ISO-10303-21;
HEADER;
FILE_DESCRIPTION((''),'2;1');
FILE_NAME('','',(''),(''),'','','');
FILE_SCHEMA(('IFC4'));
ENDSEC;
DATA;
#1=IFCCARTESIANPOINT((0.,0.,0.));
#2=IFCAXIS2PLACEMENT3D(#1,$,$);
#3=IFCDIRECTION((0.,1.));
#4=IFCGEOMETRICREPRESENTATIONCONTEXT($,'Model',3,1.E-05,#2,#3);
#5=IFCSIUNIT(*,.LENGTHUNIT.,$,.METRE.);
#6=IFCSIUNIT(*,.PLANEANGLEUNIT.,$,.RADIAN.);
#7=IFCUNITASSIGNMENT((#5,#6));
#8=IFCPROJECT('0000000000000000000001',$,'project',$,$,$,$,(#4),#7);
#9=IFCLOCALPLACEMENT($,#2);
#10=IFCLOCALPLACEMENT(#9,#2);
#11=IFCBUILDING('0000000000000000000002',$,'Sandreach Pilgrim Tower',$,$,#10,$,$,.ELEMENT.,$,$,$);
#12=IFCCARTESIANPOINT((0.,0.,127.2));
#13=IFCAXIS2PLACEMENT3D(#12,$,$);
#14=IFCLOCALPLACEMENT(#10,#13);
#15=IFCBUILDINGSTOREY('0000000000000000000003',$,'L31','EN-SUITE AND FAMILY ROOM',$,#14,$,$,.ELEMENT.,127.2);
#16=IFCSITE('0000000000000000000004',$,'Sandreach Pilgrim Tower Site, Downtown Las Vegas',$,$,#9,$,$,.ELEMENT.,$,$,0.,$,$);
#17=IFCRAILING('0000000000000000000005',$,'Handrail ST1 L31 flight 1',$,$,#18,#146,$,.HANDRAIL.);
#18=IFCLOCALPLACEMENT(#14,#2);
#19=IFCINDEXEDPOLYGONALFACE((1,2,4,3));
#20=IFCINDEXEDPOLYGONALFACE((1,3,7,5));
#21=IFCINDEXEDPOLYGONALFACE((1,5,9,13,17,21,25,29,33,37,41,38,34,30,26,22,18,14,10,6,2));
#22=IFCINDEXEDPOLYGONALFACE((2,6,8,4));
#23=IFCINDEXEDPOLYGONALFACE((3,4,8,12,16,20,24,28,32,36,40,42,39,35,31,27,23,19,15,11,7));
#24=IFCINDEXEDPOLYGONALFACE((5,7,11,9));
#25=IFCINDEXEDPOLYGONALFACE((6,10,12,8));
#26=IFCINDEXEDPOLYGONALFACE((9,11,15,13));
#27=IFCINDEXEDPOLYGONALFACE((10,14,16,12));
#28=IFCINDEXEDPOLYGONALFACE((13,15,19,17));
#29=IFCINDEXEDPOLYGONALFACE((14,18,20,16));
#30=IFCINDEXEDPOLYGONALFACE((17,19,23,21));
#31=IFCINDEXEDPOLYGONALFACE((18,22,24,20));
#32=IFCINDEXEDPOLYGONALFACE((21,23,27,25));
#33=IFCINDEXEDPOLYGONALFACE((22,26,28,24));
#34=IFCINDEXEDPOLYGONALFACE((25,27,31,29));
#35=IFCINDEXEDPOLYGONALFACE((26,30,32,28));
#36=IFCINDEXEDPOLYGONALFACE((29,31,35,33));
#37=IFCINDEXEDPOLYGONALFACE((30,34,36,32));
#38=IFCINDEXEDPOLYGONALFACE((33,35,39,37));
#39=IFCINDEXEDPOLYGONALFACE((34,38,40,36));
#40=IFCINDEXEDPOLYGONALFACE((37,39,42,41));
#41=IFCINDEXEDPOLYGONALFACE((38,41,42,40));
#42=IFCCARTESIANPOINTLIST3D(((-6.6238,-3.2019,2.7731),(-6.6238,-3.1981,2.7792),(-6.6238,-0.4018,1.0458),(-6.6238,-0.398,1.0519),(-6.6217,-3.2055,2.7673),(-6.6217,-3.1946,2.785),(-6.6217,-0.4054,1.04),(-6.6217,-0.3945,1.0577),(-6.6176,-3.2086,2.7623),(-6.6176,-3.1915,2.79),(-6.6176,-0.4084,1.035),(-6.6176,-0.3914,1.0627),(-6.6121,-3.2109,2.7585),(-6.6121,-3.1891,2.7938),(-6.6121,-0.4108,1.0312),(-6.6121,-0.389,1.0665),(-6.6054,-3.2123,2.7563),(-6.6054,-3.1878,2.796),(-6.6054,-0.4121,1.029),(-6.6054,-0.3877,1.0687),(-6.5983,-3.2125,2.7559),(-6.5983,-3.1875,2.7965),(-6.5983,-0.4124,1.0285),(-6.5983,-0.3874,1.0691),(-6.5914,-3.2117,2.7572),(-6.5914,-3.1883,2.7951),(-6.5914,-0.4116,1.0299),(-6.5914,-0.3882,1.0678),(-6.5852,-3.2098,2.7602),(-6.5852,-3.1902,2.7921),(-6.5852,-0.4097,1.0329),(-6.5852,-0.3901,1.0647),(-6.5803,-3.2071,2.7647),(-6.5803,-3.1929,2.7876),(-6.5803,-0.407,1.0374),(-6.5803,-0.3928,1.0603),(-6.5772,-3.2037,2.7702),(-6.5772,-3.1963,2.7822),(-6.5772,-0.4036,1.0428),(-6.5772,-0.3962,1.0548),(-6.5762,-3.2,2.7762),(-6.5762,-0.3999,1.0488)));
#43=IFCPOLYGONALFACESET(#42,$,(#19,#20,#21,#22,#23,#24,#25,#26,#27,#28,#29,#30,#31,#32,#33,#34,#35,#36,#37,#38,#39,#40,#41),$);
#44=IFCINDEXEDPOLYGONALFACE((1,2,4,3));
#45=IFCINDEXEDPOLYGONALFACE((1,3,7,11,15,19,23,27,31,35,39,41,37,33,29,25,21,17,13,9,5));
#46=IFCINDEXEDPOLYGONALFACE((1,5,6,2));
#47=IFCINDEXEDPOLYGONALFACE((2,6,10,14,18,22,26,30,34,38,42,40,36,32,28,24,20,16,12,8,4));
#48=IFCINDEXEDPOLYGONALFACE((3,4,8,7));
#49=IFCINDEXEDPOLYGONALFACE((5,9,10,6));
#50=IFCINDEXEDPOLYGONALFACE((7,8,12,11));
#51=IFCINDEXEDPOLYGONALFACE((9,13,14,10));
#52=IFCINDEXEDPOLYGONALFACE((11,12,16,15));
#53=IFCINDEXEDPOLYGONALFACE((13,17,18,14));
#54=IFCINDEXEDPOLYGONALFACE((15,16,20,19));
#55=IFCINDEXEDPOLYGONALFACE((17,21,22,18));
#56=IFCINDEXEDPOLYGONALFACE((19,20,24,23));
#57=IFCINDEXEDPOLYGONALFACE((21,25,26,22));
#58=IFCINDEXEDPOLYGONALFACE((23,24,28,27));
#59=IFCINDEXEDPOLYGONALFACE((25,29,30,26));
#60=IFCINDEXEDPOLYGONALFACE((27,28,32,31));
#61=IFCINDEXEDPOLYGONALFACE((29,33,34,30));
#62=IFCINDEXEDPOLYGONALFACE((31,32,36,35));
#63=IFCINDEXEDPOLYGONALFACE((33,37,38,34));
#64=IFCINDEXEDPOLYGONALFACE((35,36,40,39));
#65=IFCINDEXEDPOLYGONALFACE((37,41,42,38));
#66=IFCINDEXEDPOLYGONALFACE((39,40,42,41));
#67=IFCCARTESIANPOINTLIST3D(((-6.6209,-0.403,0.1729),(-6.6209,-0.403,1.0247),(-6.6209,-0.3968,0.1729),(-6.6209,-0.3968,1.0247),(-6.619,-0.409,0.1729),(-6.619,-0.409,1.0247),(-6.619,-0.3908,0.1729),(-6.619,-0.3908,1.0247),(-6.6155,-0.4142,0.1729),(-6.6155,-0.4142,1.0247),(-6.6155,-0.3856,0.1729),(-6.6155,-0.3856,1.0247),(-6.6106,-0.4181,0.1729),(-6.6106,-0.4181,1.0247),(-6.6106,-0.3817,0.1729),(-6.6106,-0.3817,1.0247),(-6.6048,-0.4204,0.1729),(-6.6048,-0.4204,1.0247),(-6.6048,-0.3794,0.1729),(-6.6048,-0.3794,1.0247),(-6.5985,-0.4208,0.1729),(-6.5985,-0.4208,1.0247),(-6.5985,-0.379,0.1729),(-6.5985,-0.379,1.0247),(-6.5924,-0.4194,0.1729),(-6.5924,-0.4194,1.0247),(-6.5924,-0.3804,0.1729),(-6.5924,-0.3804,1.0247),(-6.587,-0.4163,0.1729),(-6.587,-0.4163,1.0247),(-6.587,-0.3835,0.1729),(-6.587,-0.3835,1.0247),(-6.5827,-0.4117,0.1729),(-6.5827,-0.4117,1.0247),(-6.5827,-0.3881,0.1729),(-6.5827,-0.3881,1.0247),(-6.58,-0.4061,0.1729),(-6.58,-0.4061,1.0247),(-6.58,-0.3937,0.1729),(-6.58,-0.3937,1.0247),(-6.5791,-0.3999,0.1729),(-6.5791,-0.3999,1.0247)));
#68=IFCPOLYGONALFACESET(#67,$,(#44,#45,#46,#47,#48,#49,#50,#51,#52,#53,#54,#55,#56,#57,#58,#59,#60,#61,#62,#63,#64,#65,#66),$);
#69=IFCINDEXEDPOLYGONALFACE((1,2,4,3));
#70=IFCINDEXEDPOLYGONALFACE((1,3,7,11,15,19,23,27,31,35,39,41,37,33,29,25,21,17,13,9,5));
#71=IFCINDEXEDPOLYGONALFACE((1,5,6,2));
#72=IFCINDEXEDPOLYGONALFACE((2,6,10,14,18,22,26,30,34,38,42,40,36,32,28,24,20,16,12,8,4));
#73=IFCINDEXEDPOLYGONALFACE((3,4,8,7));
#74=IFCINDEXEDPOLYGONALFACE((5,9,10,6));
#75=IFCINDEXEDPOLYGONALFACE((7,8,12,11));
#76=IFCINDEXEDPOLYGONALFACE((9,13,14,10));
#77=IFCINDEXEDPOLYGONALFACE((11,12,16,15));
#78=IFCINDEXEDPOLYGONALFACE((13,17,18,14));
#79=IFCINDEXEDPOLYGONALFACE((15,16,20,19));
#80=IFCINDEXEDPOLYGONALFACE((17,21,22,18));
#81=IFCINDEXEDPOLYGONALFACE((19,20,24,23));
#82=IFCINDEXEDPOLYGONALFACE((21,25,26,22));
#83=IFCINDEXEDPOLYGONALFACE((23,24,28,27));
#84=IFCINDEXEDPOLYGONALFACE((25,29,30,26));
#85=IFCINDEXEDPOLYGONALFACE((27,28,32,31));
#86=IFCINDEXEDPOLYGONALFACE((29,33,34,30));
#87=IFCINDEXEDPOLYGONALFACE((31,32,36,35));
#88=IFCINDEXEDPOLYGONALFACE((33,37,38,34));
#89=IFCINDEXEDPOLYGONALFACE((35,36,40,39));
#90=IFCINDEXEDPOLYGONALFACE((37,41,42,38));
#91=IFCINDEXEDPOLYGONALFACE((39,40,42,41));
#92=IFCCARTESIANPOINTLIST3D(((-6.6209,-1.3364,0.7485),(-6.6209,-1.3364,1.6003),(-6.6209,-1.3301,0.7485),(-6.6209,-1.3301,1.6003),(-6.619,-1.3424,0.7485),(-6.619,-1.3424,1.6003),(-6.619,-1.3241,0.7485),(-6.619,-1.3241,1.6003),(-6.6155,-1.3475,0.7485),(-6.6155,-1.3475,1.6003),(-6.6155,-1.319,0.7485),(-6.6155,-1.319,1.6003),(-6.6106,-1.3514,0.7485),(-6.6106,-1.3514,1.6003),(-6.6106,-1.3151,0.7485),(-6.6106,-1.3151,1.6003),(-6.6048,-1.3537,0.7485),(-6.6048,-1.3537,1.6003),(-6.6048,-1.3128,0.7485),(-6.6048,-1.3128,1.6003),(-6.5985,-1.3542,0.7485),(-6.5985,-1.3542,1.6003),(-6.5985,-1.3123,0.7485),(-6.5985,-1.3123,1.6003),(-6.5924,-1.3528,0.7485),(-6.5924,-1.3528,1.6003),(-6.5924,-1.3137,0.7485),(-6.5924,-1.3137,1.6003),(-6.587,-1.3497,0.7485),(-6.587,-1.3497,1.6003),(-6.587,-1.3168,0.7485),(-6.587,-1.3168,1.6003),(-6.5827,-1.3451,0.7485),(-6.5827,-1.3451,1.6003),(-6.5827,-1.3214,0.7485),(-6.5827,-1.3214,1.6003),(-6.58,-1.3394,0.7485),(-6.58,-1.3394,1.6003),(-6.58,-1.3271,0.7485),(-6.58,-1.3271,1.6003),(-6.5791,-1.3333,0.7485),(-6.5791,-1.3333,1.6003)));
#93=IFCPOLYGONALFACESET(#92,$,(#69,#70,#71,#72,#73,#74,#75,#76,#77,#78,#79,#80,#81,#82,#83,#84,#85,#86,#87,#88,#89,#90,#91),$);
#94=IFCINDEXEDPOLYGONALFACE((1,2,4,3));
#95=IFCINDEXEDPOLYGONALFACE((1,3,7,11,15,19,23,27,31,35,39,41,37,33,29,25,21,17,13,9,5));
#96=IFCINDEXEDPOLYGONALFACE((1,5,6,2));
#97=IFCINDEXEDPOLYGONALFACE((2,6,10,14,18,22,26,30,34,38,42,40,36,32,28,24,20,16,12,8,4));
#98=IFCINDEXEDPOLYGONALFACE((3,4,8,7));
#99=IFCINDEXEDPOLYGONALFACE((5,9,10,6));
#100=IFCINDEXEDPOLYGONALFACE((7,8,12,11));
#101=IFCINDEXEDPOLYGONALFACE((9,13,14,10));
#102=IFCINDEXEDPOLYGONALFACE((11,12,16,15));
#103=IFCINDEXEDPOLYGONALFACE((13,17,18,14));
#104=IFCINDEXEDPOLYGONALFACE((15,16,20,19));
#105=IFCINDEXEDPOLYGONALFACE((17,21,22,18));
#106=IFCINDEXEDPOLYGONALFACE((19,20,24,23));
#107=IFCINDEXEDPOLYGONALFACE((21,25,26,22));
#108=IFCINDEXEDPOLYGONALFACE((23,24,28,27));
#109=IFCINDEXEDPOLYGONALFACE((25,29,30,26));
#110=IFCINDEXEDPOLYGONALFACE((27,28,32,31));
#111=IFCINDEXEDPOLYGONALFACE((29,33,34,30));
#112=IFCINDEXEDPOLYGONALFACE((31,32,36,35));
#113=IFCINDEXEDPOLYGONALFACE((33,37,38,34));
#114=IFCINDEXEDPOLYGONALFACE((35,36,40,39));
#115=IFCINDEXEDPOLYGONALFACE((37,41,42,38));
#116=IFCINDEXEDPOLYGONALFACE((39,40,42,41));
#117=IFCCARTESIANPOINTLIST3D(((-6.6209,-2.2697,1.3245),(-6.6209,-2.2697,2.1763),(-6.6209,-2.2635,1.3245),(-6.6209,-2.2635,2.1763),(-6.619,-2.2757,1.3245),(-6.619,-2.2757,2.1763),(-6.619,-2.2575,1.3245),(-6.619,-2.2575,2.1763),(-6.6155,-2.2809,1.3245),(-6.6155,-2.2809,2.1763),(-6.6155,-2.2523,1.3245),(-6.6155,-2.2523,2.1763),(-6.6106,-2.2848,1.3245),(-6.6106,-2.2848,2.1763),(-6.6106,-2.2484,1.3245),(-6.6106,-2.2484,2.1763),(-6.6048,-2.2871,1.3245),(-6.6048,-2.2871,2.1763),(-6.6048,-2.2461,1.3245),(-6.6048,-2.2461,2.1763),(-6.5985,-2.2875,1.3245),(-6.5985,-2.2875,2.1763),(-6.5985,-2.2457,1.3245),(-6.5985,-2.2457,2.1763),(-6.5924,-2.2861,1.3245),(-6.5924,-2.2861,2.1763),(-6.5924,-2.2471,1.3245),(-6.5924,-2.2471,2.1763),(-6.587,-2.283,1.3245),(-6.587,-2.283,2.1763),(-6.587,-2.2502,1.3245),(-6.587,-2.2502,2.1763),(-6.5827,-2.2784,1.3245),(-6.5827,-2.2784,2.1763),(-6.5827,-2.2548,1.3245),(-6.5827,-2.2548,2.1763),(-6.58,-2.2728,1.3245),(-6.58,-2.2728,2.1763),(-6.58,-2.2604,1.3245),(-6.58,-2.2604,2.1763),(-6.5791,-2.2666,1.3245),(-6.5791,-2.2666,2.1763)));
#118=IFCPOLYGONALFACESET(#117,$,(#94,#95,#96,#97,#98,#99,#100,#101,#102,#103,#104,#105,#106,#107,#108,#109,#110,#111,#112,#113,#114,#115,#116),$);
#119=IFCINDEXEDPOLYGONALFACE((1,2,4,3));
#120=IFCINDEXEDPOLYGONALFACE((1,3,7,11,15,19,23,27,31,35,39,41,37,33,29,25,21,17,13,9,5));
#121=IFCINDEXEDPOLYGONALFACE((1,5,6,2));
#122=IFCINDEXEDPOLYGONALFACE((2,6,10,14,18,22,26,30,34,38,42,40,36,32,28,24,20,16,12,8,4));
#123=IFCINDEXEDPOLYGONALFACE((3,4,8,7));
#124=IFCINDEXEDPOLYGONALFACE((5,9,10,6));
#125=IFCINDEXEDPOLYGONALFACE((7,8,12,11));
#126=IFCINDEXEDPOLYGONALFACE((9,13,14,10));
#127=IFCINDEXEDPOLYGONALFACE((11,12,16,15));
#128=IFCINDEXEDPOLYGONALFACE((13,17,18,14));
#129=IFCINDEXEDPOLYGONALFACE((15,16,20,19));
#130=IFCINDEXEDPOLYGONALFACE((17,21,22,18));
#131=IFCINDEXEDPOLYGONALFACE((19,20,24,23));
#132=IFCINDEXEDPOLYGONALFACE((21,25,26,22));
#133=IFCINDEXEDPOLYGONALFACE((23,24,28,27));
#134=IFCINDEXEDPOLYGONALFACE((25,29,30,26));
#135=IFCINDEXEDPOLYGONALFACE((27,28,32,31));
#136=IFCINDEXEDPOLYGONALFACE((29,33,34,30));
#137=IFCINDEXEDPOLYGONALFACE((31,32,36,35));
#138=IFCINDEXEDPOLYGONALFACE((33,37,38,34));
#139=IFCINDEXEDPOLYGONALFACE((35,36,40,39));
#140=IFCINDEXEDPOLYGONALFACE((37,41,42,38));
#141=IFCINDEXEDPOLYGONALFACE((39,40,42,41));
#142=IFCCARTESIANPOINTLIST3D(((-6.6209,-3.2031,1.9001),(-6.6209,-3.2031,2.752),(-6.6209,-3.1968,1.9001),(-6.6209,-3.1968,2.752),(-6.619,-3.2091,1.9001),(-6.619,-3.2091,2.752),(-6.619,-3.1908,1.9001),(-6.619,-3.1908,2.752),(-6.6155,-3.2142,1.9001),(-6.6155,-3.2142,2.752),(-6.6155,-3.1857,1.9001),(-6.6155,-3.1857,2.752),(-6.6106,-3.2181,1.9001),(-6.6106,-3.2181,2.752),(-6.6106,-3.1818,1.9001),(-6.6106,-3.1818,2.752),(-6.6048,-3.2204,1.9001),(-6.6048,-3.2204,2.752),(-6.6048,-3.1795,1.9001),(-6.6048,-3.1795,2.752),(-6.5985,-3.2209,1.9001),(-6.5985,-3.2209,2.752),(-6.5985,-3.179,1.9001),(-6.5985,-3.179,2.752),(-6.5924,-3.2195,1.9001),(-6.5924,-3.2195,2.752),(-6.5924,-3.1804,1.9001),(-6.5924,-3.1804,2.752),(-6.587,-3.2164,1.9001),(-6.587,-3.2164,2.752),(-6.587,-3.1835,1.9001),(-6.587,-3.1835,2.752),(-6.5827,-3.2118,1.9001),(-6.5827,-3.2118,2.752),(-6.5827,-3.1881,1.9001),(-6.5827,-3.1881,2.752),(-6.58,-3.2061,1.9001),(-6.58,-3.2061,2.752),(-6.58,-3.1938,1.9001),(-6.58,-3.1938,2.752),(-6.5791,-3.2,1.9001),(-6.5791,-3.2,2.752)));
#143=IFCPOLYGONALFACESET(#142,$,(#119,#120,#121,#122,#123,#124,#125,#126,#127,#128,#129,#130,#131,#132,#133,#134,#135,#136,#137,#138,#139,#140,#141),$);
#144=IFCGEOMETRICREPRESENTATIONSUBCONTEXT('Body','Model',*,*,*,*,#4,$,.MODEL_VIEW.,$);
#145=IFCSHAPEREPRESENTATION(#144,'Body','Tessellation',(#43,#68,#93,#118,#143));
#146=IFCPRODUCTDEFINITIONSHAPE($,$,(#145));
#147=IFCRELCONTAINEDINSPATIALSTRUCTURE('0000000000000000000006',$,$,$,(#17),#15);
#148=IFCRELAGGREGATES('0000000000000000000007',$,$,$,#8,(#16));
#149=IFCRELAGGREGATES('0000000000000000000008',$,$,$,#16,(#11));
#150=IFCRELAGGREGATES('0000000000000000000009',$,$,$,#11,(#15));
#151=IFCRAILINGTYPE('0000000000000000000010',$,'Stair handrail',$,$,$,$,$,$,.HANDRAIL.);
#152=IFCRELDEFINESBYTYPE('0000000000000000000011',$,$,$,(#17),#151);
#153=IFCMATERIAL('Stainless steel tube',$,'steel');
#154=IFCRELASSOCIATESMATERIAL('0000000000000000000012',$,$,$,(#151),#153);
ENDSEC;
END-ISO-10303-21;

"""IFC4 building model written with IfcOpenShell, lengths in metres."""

from ifc_helpers import new_model, si_unit, direction, frame, origin, origin_2d, place, context, subcontext, project, spatial, circle, extrude, material, type_object, element, save


model = new_model("IFC4")

# Units and contexts
model_context = context("Model", 3, precision=1e-05, world=origin(), true_north=direction((0.0, 1.0)))
body_context = subcontext(model_context, "Body", "Model", "MODEL_VIEW")
ifc_project = project(units=[si_unit("LENGTHUNIT", "METRE"), si_unit("PLANEANGLEUNIT", "RADIAN")], contexts=[model_context])

# Site, building, storey
site_placement = place(None, origin())
site = spatial("IfcSite", under=ifc_project, at=site_placement, Name="Sandreach Pilgrim Tower Site, Downtown Las Vegas", CompositionType="ELEMENT", RefElevation=0.0)
building_placement = place(site_placement, origin())
building = spatial("IfcBuilding", under=site, at=building_placement, Name="Sandreach Pilgrim Tower", CompositionType="ELEMENT")
storey_placement = place(building_placement, frame((0.0, 0.0, 127.2)))
storey = spatial("IfcBuildingStorey", under=building, at=storey_placement, Name="L31", Description="EN-SUITE AND FAMILY ROOM", CompositionType="ELEMENT", Elevation=127.2)

# Railing
ifc_material_1 = material(Name="Stainless steel tube", Category="steel")
railing_type = type_object("IfcRailingType", Name="Stair handrail", PredefinedType="HANDRAIL", material=ifc_material_1)
railing_placement = place(storey_placement, frame((-6.6001, -0.3999, 0.1729)))
element("IfcRailing", 1, at=railing_placement, inside=storey, type_object=railing_type, Name="Handrail ST1 L31 flight 1", PredefinedType="HANDRAIL", context=body_context, shape_type="SweptSolid", body=[
    extrude(circle(Radius=0.0239, at=origin_2d()), frame((0.0, 0.0, 0.876), z_axis=(0.0, -0.85109, 0.52502), x_axis=(1.0, 0.0, 0.0)), (0.0, 0.0, 1.0), 3.29),
    extrude(circle(Radius=0.021, at=origin_2d()), origin(), (0.0, 0.0, 1.0), 0.8518),
    extrude(circle(Radius=0.021, at=origin_2d()), frame((0.0, -0.9333, 0.5757)), (0.0, 0.0, 1.0), 0.8518),
    extrude(circle(Radius=0.021, at=origin_2d()), frame((0.0, -1.8667, 1.1516)), (0.0, 0.0, 1.0), 0.8518),
    extrude(circle(Radius=0.021, at=origin_2d()), frame((0.0, -2.8, 1.7273)), (0.0, 0.0, 1.0), 0.8518),
])

save(model, "model.ifc")
